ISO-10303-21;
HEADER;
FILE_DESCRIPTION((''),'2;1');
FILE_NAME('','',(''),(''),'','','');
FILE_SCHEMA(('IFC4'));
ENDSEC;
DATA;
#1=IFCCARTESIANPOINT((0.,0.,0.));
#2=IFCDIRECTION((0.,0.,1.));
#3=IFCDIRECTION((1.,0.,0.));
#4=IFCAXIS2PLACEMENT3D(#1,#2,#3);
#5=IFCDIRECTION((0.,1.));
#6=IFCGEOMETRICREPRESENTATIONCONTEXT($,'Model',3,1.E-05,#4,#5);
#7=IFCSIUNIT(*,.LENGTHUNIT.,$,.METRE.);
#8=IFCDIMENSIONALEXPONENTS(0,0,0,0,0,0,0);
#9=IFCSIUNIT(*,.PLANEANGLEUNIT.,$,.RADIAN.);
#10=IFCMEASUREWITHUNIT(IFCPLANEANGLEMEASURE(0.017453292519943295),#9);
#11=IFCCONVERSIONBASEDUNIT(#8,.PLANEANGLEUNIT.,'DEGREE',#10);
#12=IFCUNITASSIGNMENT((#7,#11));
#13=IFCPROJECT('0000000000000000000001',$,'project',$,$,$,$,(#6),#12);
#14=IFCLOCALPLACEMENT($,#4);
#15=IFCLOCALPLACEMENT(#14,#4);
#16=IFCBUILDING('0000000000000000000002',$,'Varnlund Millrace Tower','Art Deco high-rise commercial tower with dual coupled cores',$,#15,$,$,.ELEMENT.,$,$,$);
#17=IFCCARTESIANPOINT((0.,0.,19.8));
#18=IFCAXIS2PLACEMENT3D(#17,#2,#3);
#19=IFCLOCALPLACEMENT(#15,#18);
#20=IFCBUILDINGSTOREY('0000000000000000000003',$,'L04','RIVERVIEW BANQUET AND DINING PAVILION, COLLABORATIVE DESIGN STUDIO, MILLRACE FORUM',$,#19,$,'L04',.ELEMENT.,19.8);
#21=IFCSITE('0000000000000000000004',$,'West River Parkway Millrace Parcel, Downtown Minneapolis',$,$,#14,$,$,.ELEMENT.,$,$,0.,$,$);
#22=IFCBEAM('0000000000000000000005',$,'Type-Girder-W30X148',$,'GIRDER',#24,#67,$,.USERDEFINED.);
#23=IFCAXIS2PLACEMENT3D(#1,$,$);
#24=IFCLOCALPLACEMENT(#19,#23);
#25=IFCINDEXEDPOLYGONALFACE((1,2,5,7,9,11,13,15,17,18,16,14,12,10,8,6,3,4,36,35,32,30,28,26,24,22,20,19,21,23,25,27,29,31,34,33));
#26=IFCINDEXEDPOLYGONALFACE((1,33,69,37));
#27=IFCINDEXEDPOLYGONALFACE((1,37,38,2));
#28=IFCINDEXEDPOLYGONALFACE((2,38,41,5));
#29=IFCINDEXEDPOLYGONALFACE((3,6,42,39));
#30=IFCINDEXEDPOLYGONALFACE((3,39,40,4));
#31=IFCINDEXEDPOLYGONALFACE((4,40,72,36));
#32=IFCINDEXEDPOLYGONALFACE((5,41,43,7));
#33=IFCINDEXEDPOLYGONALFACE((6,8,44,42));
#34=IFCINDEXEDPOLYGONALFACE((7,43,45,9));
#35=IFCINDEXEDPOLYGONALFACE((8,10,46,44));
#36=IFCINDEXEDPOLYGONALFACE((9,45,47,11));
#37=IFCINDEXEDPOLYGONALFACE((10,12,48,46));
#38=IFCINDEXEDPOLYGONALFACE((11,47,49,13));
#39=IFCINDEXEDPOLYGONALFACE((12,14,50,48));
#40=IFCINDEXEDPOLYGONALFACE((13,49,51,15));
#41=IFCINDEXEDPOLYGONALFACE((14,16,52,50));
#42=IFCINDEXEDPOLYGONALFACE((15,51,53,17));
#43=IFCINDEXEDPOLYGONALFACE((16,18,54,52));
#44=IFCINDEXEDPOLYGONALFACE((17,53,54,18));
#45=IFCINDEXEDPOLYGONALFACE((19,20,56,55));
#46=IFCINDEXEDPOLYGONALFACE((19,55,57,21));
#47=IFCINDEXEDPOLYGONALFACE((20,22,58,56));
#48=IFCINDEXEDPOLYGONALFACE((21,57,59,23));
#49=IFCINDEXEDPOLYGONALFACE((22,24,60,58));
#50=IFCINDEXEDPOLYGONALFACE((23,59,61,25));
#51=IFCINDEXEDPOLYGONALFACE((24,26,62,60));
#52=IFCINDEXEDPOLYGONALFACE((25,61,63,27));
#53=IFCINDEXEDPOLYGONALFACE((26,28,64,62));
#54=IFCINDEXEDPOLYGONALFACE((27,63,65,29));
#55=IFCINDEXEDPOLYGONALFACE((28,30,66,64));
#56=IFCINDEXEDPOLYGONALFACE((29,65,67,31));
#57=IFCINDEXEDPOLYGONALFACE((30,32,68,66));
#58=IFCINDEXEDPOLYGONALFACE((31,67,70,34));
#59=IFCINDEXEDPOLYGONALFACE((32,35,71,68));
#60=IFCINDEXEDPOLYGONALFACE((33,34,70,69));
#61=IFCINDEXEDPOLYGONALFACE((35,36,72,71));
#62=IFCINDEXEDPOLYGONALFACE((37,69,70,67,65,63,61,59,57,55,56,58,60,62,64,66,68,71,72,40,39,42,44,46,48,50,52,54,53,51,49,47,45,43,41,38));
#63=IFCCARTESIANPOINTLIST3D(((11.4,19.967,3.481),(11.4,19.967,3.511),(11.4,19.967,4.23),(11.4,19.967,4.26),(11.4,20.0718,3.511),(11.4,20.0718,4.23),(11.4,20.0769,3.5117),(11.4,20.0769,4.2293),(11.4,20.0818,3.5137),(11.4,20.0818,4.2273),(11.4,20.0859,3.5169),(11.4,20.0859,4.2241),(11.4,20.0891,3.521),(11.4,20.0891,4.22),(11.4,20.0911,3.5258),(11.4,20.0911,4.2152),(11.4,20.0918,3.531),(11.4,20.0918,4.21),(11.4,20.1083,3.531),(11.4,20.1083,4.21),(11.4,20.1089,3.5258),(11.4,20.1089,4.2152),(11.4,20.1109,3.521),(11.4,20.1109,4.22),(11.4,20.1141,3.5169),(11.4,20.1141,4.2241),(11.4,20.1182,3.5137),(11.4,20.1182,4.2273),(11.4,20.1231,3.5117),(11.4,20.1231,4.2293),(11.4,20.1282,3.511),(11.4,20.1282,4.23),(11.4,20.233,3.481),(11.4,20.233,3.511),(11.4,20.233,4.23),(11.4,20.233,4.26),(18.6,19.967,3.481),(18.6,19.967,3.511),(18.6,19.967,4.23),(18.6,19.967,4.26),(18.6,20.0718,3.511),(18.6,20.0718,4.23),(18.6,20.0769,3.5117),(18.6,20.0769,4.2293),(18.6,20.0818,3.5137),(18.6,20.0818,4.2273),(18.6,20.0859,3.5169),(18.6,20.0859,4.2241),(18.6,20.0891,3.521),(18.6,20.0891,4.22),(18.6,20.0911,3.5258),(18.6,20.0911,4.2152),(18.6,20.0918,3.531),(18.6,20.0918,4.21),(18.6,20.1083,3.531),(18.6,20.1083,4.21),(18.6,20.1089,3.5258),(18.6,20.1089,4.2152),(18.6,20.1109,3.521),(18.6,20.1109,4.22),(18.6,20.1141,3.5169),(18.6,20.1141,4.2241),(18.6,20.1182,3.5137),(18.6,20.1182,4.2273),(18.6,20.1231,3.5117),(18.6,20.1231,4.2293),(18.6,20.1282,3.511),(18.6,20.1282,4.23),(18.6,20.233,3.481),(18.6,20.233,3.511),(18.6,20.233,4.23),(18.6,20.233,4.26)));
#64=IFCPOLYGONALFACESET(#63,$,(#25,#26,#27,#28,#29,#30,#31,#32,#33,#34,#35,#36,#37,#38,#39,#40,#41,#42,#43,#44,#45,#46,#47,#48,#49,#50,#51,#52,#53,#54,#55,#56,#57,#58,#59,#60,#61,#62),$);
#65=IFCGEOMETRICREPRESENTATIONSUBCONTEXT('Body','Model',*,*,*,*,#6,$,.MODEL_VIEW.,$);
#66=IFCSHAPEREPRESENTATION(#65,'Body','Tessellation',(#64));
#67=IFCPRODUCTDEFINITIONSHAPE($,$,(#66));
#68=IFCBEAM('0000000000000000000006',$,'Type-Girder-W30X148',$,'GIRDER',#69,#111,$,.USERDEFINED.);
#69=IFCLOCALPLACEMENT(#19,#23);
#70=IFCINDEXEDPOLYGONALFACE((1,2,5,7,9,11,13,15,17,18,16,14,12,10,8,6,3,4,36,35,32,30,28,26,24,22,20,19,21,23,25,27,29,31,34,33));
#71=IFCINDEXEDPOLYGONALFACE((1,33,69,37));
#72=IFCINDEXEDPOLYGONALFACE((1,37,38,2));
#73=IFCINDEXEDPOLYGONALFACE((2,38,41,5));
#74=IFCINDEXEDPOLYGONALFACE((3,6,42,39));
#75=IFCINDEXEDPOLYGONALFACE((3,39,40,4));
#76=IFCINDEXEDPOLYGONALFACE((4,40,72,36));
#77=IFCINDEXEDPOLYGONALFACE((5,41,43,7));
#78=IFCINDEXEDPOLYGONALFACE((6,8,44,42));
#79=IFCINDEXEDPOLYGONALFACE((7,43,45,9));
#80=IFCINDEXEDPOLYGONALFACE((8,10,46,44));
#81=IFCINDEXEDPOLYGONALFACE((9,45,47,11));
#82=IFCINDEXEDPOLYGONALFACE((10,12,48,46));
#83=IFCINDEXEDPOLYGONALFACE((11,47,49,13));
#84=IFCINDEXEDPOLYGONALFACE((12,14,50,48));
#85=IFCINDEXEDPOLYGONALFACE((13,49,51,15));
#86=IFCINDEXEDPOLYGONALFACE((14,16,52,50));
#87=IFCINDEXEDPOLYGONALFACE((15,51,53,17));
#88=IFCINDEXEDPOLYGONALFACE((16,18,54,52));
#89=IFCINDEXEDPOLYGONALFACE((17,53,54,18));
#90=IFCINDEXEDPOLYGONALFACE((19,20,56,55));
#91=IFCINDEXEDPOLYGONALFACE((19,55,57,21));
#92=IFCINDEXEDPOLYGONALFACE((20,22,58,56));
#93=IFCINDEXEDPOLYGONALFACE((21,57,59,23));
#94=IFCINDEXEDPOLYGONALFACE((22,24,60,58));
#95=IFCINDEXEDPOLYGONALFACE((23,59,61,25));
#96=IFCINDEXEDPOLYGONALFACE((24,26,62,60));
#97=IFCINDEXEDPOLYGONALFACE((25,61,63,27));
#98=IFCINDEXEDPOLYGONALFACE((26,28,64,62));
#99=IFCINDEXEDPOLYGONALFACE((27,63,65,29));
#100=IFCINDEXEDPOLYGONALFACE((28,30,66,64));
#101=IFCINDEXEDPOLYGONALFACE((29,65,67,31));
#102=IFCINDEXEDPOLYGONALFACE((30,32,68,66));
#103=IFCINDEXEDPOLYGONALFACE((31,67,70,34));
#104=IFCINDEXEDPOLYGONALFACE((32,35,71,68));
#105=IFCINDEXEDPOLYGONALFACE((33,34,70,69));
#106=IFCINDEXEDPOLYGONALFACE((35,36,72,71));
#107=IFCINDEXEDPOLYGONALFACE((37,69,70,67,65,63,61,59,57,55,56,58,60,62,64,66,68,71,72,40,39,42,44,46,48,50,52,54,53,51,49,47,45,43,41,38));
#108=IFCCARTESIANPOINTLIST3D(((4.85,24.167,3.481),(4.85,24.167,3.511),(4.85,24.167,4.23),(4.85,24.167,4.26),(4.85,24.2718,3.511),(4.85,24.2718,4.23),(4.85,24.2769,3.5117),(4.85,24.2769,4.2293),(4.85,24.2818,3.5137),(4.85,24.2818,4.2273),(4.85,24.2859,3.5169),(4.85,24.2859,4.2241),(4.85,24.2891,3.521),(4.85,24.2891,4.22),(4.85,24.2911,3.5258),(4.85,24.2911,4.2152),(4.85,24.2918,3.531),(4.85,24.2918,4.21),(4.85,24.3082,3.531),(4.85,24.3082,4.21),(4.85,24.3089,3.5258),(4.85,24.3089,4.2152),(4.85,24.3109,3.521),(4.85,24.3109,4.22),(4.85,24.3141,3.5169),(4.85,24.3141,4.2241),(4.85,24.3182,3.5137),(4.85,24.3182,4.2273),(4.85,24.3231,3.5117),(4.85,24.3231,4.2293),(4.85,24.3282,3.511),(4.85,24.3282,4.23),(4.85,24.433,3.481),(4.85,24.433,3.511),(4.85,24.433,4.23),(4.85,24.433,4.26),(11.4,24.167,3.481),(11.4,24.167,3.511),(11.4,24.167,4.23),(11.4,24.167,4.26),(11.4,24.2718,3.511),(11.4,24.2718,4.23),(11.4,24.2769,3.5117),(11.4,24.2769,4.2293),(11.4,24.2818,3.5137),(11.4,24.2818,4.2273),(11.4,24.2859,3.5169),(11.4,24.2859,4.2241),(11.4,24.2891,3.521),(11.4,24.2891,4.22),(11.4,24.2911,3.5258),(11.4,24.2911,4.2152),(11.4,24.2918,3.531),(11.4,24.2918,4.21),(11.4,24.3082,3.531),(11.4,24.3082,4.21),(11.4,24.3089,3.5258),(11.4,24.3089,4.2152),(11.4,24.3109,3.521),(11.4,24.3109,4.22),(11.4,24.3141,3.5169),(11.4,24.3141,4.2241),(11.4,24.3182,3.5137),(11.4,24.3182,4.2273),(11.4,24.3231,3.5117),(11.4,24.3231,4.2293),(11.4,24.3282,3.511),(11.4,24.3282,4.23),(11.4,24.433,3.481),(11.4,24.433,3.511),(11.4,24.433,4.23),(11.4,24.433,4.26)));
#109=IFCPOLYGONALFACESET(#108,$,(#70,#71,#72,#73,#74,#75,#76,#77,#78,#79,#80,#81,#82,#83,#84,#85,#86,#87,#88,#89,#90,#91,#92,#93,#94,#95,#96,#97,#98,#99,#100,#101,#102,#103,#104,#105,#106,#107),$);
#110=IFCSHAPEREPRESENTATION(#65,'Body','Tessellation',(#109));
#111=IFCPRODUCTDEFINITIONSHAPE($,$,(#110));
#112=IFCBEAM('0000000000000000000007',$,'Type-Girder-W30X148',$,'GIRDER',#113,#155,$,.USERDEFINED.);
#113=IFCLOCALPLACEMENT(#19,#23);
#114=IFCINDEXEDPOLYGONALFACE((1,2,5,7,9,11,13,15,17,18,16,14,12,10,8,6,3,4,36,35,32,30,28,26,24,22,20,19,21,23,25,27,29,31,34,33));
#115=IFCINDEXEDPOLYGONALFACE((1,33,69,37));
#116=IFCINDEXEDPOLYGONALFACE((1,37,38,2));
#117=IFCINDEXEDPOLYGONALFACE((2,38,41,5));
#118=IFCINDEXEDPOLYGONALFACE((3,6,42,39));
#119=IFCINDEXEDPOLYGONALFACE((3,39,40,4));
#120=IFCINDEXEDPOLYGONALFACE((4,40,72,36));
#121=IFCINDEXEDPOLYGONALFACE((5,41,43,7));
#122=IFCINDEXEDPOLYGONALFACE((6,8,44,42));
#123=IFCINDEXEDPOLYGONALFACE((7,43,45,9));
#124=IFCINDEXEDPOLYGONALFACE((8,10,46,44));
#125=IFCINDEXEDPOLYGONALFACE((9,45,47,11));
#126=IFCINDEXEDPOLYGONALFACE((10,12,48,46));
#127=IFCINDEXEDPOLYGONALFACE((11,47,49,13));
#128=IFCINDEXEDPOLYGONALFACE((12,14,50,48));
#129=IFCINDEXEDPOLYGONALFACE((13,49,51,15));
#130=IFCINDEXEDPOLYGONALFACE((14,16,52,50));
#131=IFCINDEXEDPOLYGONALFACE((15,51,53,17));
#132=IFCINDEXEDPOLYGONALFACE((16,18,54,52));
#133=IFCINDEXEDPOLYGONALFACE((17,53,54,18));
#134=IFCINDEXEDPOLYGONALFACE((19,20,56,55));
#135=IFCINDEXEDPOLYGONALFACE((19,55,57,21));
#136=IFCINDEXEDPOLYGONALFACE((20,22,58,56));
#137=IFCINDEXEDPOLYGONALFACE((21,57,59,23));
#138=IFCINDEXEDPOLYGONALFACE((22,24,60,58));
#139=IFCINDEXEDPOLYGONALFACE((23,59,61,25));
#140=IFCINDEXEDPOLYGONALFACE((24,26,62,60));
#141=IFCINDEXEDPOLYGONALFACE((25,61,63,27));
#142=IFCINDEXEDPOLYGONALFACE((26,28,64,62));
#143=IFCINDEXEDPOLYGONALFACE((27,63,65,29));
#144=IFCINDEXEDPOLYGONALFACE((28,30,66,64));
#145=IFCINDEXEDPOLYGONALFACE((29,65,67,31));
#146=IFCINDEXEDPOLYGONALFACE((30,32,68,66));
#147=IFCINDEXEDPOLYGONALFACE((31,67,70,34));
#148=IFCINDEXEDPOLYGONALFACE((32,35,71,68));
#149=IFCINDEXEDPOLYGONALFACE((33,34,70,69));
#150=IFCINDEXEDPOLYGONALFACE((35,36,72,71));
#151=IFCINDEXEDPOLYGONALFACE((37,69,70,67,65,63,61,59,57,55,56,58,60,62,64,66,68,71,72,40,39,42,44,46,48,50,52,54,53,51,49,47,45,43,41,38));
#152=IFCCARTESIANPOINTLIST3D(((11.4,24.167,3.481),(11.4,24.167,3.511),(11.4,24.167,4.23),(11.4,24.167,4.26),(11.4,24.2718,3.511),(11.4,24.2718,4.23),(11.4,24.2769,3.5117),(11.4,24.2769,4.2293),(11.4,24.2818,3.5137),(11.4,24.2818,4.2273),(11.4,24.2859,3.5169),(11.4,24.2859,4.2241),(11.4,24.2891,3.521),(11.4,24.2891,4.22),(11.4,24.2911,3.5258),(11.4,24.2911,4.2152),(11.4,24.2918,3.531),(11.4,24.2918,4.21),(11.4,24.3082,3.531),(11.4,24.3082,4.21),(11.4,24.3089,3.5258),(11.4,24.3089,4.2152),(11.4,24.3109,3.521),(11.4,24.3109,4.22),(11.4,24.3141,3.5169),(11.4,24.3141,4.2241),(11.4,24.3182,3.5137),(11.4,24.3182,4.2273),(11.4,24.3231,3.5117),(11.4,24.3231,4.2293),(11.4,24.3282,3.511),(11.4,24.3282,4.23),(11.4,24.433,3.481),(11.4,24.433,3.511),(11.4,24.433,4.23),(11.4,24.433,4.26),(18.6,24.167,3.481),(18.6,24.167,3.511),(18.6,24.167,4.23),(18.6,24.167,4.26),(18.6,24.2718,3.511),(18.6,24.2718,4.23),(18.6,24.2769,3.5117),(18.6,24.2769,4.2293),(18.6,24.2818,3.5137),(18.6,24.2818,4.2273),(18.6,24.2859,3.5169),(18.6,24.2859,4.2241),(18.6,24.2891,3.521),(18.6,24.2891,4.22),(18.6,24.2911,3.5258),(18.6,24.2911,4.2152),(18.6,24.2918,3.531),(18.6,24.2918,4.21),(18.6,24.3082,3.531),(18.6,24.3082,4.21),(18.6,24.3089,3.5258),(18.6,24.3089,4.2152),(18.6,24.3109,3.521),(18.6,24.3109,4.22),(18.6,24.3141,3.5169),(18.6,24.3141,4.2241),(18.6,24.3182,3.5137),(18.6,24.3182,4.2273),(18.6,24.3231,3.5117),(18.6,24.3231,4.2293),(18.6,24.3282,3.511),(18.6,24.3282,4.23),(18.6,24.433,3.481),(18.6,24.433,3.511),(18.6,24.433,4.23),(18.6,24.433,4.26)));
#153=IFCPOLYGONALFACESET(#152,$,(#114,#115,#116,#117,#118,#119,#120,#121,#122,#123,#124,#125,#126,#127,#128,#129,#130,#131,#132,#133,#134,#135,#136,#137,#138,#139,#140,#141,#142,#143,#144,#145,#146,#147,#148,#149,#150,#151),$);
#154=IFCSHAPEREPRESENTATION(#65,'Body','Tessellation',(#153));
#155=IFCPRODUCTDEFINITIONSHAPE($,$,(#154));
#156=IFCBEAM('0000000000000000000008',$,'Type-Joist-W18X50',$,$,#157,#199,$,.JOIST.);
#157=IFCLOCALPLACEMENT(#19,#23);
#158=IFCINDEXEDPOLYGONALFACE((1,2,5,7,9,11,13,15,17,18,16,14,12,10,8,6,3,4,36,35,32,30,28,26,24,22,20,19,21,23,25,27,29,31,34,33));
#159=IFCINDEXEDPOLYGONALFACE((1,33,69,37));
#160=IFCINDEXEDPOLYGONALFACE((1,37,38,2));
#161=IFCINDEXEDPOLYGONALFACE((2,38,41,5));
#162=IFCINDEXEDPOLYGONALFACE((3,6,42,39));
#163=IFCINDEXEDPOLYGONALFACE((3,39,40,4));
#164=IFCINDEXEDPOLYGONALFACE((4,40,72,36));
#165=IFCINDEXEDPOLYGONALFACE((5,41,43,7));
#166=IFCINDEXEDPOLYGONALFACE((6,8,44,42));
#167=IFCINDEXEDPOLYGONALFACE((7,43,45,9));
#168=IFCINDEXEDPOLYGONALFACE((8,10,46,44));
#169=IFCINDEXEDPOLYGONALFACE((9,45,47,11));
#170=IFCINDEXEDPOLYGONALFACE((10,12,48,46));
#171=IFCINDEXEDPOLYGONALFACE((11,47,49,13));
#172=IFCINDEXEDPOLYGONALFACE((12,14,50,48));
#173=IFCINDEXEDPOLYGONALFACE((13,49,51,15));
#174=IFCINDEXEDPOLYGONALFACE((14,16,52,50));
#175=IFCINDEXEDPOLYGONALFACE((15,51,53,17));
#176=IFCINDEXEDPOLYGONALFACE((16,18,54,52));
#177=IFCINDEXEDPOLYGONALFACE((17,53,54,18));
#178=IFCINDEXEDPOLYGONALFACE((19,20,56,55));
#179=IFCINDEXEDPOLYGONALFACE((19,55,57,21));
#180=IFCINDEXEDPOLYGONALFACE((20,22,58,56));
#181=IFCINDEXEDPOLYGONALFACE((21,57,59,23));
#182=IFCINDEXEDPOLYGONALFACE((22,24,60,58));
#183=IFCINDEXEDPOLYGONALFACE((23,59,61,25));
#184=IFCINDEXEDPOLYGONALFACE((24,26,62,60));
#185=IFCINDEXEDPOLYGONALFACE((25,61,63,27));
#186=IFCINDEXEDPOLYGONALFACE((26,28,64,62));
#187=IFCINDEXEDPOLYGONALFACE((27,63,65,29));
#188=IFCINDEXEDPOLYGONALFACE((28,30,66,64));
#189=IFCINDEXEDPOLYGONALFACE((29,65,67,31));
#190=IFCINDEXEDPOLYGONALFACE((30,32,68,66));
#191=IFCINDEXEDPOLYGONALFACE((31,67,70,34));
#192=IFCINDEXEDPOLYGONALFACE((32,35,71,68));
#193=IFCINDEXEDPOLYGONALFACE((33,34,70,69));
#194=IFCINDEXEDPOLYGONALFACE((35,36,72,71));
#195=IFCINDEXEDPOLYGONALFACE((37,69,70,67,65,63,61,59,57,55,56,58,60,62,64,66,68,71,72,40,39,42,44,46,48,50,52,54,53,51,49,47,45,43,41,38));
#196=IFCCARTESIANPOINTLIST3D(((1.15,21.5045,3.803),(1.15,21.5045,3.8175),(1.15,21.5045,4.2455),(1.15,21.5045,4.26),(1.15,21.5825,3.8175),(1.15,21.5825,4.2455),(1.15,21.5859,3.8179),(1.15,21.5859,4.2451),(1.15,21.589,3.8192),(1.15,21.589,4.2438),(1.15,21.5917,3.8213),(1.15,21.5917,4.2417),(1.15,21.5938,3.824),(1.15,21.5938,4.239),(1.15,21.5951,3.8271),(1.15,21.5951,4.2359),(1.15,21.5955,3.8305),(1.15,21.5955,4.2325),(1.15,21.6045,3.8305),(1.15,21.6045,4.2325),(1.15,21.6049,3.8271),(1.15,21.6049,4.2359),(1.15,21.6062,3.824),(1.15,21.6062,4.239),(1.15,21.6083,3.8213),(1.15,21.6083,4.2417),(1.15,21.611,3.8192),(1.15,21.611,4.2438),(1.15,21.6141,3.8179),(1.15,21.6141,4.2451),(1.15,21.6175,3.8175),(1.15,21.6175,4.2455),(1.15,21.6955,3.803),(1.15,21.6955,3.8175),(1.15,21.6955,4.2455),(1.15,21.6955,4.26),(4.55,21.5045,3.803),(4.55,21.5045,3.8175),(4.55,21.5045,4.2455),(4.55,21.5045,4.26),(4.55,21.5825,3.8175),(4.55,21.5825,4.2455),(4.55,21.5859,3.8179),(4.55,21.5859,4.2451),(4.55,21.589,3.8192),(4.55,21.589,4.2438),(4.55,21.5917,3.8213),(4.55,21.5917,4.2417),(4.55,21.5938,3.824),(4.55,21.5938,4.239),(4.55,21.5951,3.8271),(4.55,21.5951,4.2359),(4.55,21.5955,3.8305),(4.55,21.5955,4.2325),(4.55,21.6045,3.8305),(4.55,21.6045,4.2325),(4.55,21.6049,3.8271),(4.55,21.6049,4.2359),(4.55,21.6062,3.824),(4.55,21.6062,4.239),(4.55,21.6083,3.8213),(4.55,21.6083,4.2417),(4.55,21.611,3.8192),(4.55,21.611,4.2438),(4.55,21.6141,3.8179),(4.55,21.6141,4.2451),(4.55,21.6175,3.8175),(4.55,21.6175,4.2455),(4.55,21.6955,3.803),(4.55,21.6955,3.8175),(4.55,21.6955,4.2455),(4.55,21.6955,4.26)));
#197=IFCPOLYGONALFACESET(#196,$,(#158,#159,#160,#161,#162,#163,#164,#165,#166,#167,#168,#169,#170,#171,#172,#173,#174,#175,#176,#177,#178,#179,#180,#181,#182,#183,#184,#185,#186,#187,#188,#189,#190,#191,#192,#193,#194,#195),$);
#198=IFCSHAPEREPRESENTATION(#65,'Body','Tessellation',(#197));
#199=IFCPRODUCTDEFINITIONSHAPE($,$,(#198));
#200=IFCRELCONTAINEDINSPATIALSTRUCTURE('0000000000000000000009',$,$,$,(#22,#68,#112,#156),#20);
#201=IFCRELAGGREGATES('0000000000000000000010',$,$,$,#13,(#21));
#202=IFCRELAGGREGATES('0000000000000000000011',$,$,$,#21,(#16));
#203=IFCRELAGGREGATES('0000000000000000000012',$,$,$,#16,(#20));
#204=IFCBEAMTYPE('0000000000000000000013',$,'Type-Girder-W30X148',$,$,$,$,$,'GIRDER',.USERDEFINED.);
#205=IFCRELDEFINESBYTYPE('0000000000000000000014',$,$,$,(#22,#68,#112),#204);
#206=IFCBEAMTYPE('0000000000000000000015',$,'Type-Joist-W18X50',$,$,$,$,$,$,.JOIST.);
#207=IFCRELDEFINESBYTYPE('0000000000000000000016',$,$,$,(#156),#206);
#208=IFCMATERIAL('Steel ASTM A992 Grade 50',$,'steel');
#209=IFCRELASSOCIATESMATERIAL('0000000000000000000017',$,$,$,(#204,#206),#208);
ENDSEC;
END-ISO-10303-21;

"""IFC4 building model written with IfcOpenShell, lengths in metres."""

from ifc_helpers import new_model, entity, si_unit, converted_unit, direction, frame, origin_with_axes, origin_2d_with_axis, place, context, subcontext, project, spatial, i_section, extrude, material, material_profile, profile_set, type_object, element, save


model = new_model("IFC4")

# Units and contexts
model_context = context("Model", 3, precision=1e-05, world=origin_with_axes(), true_north=direction((0.0, 1.0)))
body_context = subcontext(model_context, "Body", "Model", "MODEL_VIEW")
ifc_project = project(units=[si_unit("LENGTHUNIT", "METRE"), converted_unit("PLANEANGLEUNIT", "DEGREE", entity("IfcPlaneAngleMeasure", 0.017453292519943295), si_unit("PLANEANGLEUNIT", "RADIAN"), dimensions=[0, 0, 0, 0, 0, 0, 0])], contexts=[model_context])

# Site, building, storey
site_placement = place(None, origin_with_axes())
site = spatial("IfcSite", under=ifc_project, at=site_placement, Name="West River Parkway Millrace Parcel, Downtown Minneapolis", CompositionType="ELEMENT", RefElevation=0.0)
building_placement = place(site_placement, origin_with_axes())
building = spatial("IfcBuilding", under=site, at=building_placement, Name="Varnlund Millrace Tower", Description="Art Deco high-rise commercial tower with dual coupled cores", CompositionType="ELEMENT")
storey_placement = place(building_placement, frame((0.0, 0.0, 19.8), z_axis=(0.0, 0.0, 1.0), x_axis=(1.0, 0.0, 0.0)))
storey = spatial("IfcBuildingStorey", under=building, at=storey_placement, Name="L04", Description="RIVERVIEW BANQUET AND DINING PAVILION, COLLABORATIVE DESIGN STUDIO, MILLRACE FORUM", LongName="L04", CompositionType="ELEMENT", Elevation=19.8)

# Beams
ifc_material_1 = material(Name="Steel ASTM A992 Grade 50", Category="steel")
ifc_material_profile_1 = material_profile(ifc_material_1, i_section(OverallWidth=0.266, OverallDepth=0.779, WebThickness=0.0165, FlangeThickness=0.03, FilletRadius=0.02, at=origin_2d_with_axis()), Name="Steel ASTM A992 Grade 50")
ifc_profile_set_1 = profile_set([ifc_material_profile_1], Name="Steel ASTM A992 Grade 50")
beam_type_1 = type_object("IfcBeamType", Name="Type-Girder-W30X148", ElementType="GIRDER", PredefinedType="USERDEFINED", material=ifc_profile_set_1)
beam_1_placement = place(storey_placement, frame((11.4, 20.1, 3.8705), z_axis=(1.0, 0.0, 0.0), x_axis=(0.0, 1.0, 0.0)))
element("IfcBeam", 1, at=beam_1_placement, inside=storey, type_object=beam_type_1, Name="Type-Girder-W30X148", ObjectType="GIRDER", PredefinedType="USERDEFINED", context=body_context, shape_type="SweptSolid", body=[
    extrude(i_section(OverallWidth=0.266, OverallDepth=0.779, WebThickness=0.0165, FlangeThickness=0.03, FilletRadius=0.02, at=origin_2d_with_axis()), origin_with_axes(), (0.0, 0.0, 1.0), 7.2),
])
beam_2_placement = place(storey_placement, frame((4.85, 24.3, 3.8705), z_axis=(1.0, 0.0, 0.0), x_axis=(0.0, 1.0, 0.0)))
element("IfcBeam", 2, at=beam_2_placement, inside=storey, type_object=beam_type_1, Name="Type-Girder-W30X148", ObjectType="GIRDER", PredefinedType="USERDEFINED", context=body_context, shape_type="SweptSolid", body=[
    extrude(i_section(OverallWidth=0.266, OverallDepth=0.779, WebThickness=0.0165, FlangeThickness=0.03, FilletRadius=0.02, at=origin_2d_with_axis()), origin_with_axes(), (0.0, 0.0, 1.0), 6.55),
])
beam_3_placement = place(storey_placement, frame((11.4, 24.3, 3.8705), z_axis=(1.0, 0.0, 0.0), x_axis=(0.0, 1.0, 0.0)))
element("IfcBeam", 3, at=beam_3_placement, inside=storey, type_object=beam_type_1, Name="Type-Girder-W30X148", ObjectType="GIRDER", PredefinedType="USERDEFINED", context=body_context, shape_type="SweptSolid", body=[
    extrude(i_section(OverallWidth=0.266, OverallDepth=0.779, WebThickness=0.0165, FlangeThickness=0.03, FilletRadius=0.02, at=origin_2d_with_axis()), origin_with_axes(), (0.0, 0.0, 1.0), 7.2),
])
ifc_material_profile_2 = material_profile(ifc_material_1, i_section(OverallWidth=0.191, OverallDepth=0.457, WebThickness=0.009, FlangeThickness=0.0145, FilletRadius=0.013, at=origin_2d_with_axis()), Name="Steel ASTM A992 Grade 50")
ifc_profile_set_2 = profile_set([ifc_material_profile_2], Name="Steel ASTM A992 Grade 50")
beam_type_2 = type_object("IfcBeamType", Name="Type-Joist-W18X50", PredefinedType="JOIST", material=ifc_profile_set_2)
for number, where, z_axis, x_axis, name in (
    (4, (1.15, 21.6, 4.0315), (1.0, 0.0, 0.0), (0.0, 1.0, 0.0), "Type-Joist-W18X50"),
):
    element("IfcBeam", number, at=place(storey_placement, frame(where, z_axis=z_axis, x_axis=x_axis)), inside=storey, type_object=beam_type_2, Name=name, PredefinedType="JOIST", context=body_context, shape_type="SweptSolid", body=[
        extrude(i_section(OverallWidth=0.191, OverallDepth=0.457, WebThickness=0.009, FlangeThickness=0.0145, FilletRadius=0.013, at=origin_2d_with_axis()), origin_with_axes(), (0.0, 0.0, 1.0), 3.4),
    ])

save(model, "model.ifc")
